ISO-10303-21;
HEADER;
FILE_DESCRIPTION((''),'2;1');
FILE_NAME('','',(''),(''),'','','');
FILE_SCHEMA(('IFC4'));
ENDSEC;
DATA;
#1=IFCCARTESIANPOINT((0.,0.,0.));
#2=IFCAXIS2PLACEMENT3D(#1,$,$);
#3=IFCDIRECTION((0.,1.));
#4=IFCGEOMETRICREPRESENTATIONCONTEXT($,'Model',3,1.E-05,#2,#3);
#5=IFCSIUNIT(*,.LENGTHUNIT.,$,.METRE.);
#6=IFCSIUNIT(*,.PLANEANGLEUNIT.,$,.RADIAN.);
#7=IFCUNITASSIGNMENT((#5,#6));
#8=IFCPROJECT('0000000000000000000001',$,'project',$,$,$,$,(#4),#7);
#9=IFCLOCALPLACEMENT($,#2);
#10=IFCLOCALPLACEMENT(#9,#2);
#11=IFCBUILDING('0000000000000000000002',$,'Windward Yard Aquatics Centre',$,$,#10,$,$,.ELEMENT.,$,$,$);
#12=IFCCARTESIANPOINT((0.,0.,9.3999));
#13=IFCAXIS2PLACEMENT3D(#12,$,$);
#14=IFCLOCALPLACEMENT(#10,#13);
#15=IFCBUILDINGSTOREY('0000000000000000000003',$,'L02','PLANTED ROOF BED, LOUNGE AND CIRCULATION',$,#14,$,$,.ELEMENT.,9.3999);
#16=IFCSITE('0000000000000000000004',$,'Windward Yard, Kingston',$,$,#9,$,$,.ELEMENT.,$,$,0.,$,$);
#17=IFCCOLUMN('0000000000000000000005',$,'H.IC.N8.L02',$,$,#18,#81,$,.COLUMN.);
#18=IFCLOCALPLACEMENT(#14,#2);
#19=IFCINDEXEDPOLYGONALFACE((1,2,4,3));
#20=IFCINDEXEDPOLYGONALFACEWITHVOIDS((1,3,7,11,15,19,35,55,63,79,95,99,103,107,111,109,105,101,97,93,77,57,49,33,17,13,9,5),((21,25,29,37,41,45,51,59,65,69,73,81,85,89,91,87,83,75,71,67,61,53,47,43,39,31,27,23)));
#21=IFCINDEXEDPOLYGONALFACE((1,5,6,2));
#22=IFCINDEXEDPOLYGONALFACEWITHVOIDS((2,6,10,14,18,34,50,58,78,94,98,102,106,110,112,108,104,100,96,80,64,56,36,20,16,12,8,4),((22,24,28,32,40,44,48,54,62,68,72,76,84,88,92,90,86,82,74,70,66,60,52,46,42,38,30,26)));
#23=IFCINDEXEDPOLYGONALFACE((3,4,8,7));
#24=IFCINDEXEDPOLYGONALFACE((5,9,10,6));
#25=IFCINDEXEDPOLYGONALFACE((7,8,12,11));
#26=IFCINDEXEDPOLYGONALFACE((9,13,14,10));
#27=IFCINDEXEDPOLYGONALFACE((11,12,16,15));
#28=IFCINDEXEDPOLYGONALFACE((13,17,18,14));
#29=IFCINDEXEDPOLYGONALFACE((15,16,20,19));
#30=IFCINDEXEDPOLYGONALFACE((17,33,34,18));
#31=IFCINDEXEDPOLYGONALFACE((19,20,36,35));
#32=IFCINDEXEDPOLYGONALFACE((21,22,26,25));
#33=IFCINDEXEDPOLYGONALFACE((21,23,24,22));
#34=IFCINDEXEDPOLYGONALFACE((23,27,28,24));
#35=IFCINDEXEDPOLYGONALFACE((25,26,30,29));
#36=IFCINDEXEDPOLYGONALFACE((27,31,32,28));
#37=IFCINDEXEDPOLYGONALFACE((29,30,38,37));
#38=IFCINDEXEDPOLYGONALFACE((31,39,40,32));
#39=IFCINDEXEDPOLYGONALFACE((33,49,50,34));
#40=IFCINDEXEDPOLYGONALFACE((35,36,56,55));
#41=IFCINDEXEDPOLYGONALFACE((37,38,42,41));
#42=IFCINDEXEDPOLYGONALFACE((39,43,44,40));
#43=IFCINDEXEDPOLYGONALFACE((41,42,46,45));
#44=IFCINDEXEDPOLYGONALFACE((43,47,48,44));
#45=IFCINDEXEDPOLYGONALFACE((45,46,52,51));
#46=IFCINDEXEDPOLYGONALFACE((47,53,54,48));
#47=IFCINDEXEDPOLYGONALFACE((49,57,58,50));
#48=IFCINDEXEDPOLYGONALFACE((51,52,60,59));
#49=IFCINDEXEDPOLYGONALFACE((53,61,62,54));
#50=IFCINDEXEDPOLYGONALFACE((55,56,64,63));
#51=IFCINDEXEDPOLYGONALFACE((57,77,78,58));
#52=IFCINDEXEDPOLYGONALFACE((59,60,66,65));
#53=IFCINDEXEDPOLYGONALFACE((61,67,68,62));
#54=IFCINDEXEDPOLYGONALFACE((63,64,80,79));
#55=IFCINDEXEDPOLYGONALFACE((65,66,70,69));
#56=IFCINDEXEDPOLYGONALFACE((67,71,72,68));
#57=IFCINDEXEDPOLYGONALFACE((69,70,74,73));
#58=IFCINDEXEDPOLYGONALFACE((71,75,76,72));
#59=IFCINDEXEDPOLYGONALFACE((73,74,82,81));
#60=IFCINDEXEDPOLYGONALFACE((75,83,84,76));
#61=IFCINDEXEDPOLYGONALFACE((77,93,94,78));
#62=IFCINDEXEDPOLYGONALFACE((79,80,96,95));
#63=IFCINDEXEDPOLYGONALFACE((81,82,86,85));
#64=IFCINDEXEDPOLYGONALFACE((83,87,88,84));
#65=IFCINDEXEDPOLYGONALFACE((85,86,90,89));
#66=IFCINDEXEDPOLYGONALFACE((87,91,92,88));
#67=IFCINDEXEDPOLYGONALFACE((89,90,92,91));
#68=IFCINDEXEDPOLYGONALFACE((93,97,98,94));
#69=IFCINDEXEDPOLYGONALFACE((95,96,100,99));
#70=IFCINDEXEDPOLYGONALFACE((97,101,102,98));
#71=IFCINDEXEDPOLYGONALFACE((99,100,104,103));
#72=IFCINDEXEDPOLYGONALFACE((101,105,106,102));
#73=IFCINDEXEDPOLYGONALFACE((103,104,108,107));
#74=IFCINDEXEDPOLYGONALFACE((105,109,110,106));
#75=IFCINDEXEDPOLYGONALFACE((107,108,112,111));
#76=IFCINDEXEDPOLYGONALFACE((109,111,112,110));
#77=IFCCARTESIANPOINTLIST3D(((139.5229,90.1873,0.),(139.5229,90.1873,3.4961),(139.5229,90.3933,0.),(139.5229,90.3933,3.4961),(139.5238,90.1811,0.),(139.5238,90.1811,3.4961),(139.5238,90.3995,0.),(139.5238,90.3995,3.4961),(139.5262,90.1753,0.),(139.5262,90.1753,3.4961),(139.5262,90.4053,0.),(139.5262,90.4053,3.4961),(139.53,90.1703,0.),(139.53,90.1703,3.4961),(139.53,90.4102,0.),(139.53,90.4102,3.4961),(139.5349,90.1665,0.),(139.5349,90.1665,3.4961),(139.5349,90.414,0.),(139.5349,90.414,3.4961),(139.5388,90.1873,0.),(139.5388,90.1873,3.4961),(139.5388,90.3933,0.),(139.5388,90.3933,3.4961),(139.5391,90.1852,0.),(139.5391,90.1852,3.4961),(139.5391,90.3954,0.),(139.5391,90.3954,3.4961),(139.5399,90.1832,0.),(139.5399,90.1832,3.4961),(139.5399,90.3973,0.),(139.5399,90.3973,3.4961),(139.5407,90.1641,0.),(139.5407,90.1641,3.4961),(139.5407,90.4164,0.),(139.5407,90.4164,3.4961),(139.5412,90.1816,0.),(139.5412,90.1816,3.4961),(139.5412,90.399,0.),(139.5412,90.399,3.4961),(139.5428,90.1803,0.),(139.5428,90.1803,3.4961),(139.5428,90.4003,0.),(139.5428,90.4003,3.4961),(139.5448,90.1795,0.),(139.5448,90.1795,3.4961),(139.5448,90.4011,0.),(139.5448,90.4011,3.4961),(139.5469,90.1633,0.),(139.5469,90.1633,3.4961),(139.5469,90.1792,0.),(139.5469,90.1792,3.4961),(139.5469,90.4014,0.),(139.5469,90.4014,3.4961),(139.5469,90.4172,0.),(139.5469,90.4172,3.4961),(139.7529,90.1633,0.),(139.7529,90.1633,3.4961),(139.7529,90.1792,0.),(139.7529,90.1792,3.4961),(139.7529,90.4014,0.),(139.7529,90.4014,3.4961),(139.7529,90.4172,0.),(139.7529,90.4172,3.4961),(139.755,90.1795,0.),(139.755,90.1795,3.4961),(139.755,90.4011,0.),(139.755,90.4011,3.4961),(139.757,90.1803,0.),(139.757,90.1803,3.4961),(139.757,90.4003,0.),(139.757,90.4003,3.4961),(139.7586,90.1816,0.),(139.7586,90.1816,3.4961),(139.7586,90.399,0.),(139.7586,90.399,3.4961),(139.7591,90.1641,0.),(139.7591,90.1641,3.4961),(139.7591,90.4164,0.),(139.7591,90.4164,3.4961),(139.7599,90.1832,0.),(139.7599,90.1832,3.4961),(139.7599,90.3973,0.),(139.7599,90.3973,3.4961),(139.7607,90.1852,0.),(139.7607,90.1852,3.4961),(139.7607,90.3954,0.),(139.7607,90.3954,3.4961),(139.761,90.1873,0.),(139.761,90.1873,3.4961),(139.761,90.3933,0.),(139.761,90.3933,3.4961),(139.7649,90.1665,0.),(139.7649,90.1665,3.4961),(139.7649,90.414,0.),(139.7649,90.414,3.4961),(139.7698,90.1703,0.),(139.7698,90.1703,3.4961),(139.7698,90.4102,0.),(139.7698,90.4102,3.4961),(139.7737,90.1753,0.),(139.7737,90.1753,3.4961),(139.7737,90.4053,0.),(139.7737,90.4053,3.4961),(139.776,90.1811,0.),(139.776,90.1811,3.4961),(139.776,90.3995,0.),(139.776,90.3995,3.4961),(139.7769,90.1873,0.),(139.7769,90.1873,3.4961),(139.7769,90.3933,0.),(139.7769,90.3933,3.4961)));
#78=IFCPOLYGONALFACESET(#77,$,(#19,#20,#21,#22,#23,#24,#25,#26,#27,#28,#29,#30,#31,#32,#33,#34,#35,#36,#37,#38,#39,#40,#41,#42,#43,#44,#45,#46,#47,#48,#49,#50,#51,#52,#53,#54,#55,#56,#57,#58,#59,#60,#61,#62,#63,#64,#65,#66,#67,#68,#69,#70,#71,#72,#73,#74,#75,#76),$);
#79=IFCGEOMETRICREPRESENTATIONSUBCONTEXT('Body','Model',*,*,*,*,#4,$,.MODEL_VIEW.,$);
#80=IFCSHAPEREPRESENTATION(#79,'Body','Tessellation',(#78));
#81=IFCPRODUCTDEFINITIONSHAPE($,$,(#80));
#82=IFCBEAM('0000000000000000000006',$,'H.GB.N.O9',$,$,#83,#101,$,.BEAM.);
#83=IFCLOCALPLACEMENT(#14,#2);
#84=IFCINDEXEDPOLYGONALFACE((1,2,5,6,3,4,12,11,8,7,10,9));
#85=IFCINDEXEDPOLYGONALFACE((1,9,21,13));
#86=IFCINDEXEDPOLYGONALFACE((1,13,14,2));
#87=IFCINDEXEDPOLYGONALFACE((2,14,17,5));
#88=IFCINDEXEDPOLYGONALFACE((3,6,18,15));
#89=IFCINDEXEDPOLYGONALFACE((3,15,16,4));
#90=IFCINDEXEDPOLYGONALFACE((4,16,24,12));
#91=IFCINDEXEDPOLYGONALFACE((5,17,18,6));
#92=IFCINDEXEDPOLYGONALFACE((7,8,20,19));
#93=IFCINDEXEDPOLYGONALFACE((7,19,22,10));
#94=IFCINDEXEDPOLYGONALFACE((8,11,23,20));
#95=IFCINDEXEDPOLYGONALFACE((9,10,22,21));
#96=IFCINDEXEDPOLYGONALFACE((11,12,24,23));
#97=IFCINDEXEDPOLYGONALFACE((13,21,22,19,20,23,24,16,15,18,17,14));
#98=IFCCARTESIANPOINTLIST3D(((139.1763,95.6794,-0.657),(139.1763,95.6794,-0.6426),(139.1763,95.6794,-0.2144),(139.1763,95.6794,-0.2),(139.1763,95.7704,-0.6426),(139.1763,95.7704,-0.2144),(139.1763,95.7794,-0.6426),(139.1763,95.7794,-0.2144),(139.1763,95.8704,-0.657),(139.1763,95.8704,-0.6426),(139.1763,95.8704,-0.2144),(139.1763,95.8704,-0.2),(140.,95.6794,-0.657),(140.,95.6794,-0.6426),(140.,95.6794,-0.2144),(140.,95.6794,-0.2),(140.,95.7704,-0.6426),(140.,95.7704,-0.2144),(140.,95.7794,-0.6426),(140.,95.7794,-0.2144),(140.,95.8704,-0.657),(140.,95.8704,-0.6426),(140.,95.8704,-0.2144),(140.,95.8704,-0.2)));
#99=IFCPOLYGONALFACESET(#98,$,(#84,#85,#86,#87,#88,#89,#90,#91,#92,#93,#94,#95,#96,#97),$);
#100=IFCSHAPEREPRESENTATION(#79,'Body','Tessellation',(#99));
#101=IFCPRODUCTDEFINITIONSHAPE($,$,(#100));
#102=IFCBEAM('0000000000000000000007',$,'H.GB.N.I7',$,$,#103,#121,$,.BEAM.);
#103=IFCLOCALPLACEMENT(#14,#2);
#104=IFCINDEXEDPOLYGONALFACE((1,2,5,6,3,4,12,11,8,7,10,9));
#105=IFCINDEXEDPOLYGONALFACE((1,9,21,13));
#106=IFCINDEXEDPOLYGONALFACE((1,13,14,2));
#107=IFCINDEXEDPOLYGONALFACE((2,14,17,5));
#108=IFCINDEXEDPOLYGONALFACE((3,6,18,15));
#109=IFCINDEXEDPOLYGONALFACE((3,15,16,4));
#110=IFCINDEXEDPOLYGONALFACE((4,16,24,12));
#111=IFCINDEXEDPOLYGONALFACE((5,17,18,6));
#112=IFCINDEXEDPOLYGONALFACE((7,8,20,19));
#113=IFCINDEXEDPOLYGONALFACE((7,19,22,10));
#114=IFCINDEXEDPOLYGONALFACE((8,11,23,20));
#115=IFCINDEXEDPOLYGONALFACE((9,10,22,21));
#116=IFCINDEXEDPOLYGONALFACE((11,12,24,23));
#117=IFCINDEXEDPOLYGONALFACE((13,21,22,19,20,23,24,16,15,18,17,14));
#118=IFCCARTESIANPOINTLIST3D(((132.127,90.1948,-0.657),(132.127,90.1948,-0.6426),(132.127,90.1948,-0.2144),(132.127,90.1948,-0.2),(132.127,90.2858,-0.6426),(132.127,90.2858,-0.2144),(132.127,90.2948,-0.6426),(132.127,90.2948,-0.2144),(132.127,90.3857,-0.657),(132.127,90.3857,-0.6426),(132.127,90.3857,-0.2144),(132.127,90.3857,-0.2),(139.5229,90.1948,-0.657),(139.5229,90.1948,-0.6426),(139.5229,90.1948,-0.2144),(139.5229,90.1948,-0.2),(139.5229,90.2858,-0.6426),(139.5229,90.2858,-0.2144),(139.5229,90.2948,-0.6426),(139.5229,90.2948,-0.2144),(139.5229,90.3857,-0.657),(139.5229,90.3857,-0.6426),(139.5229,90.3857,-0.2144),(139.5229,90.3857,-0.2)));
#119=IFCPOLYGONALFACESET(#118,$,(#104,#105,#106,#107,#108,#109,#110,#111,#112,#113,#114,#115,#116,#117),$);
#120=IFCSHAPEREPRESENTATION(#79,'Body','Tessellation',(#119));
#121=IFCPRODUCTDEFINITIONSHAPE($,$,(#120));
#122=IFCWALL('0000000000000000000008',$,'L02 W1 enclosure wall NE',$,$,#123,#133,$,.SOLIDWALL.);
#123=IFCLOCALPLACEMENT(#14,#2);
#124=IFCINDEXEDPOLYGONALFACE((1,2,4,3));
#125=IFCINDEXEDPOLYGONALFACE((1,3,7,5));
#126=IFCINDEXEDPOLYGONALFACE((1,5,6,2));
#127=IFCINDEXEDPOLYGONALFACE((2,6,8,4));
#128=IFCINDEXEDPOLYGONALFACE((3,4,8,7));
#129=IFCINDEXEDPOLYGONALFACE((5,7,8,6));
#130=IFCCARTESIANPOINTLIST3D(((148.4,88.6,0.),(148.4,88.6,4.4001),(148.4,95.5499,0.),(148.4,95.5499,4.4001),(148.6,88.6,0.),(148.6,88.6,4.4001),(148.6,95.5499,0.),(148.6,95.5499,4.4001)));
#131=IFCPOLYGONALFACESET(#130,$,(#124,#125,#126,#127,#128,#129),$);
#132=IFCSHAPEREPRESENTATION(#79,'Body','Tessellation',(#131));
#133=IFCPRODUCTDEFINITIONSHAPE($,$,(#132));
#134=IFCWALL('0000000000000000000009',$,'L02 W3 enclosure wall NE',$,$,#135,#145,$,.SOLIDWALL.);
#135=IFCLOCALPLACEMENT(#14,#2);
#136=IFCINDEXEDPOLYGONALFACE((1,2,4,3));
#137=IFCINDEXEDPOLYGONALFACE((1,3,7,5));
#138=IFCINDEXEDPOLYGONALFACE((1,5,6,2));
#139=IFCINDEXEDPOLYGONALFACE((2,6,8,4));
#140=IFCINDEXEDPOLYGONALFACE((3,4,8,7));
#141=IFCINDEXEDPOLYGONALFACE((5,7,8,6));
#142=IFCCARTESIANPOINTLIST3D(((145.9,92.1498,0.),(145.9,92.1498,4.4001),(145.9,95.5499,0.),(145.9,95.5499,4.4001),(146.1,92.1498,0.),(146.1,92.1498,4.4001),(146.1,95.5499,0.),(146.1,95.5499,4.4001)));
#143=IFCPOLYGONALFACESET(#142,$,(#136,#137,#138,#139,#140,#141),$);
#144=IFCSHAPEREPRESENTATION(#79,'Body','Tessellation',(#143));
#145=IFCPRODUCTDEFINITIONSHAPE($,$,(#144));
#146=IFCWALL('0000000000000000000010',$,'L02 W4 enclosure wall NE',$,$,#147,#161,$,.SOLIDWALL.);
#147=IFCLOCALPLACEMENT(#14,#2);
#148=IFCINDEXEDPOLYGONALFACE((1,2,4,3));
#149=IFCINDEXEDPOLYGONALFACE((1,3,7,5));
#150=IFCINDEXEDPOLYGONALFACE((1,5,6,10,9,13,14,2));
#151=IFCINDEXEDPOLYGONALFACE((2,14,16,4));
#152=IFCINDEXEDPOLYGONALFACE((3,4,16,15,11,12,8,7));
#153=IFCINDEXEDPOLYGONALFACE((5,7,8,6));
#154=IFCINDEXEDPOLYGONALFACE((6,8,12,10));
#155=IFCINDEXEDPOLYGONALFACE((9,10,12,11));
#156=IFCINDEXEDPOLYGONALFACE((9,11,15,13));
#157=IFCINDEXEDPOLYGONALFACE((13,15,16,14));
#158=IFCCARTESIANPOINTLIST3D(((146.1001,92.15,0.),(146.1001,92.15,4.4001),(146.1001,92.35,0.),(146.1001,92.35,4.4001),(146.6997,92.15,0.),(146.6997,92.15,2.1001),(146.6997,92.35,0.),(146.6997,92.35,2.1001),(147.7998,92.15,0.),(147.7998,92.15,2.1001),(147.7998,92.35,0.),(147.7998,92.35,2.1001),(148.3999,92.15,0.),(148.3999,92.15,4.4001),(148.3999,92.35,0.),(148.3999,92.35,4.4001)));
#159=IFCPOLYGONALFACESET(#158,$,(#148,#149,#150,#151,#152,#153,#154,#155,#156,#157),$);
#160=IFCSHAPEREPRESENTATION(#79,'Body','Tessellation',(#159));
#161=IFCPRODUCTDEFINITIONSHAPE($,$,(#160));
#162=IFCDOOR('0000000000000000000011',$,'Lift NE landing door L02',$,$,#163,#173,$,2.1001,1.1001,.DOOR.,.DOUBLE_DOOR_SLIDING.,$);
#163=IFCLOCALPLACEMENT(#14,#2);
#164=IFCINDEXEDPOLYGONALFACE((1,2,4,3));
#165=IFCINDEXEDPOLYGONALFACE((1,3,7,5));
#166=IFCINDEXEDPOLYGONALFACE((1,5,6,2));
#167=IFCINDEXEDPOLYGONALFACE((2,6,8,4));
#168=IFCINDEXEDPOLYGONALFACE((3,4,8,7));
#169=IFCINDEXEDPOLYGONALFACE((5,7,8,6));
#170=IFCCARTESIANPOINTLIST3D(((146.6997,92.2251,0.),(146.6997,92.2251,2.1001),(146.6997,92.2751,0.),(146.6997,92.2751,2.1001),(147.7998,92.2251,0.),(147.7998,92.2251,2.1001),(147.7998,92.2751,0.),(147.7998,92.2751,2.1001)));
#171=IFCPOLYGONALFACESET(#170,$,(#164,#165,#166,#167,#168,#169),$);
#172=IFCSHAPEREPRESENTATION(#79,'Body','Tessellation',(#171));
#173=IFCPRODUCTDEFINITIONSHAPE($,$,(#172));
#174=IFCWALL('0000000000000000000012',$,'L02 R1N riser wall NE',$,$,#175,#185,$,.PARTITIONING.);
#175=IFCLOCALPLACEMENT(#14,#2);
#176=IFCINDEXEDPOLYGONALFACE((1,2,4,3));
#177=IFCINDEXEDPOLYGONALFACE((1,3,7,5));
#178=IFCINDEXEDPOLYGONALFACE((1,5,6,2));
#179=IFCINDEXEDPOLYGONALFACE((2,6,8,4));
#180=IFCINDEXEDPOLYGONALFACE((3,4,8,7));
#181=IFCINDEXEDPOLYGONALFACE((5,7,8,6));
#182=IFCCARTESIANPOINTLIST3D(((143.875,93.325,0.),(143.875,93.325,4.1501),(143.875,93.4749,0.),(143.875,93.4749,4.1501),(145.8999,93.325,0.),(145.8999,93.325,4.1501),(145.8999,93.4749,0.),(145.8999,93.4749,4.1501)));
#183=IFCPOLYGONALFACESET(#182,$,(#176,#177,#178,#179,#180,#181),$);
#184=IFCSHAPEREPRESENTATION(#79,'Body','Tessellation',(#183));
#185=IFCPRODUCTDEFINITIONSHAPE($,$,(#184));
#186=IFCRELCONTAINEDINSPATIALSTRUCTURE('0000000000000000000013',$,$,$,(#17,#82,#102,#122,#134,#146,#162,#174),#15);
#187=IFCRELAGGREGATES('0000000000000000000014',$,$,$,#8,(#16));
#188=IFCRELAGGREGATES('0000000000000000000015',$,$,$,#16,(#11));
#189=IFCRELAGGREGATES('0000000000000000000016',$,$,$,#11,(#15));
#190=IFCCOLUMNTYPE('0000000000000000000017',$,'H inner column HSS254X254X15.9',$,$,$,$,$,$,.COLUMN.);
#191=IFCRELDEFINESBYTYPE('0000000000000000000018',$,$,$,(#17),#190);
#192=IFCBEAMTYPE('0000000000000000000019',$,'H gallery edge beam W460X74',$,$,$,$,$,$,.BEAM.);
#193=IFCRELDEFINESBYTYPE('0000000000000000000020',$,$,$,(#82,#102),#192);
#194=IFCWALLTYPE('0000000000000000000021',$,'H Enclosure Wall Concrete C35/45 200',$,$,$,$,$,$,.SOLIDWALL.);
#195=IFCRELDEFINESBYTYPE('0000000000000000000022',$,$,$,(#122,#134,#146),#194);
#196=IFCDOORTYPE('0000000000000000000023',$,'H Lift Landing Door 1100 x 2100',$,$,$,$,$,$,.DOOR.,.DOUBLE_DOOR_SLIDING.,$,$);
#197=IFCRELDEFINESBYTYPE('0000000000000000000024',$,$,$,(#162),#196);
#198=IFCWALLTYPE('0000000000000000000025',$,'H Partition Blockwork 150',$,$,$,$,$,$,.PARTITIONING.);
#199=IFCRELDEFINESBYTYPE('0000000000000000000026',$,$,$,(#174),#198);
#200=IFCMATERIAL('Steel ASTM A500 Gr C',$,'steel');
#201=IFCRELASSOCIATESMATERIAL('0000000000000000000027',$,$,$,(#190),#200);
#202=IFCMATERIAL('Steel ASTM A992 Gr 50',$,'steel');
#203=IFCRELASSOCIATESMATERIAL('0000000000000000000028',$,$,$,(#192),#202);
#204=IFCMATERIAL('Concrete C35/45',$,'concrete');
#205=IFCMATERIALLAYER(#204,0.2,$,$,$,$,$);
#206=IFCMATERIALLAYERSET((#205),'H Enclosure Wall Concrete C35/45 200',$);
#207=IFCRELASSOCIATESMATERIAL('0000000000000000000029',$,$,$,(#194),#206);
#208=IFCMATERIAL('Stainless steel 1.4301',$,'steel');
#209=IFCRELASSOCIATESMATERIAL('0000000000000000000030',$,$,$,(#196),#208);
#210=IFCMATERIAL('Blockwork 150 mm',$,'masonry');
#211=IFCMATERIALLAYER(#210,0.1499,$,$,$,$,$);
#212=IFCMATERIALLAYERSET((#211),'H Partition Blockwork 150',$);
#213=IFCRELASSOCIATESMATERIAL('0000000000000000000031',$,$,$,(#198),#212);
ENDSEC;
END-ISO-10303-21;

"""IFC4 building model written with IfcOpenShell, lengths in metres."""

from ifc_helpers import new_model, si_unit, direction, frame, frame_2d, origin, origin_2d, place, context, subcontext, project, spatial, rectangle, hollow_rectangle, i_section, extrude, material, layer, layer_set, material_profile, profile_set, type_object, element, fill, save


model = new_model("IFC4")

# Units and contexts
model_context = context("Model", 3, precision=1e-05, world=origin(), true_north=direction((0.0, 1.0)))
body_context = subcontext(model_context, "Body", "Model", "MODEL_VIEW")
ifc_project = project(units=[si_unit("LENGTHUNIT", "METRE"), si_unit("PLANEANGLEUNIT", "RADIAN")], contexts=[model_context])

# Site, building, storey
site_placement = place(None, origin())
site = spatial("IfcSite", under=ifc_project, at=site_placement, Name="Windward Yard, Kingston", CompositionType="ELEMENT", RefElevation=0.0)
building_placement = place(site_placement, origin())
building = spatial("IfcBuilding", under=site, at=building_placement, Name="Windward Yard Aquatics Centre", CompositionType="ELEMENT")
storey_placement = place(building_placement, frame((0.0, 0.0, 9.3999)))
storey = spatial("IfcBuildingStorey", under=building, at=storey_placement, Name="L02", Description="PLANTED ROOF BED, LOUNGE AND CIRCULATION", CompositionType="ELEMENT", Elevation=9.3999)

# Column
ifc_material_1 = material(Name="Steel ASTM A500 Gr C", Category="steel")
ifc_material_profile_1 = material_profile(ifc_material_1, hollow_rectangle(XDim=0.2539, YDim=0.2539, WallThickness=0.0159, InnerFilletRadius=0.0081, OuterFilletRadius=0.0239, at=origin_2d()), Name="HSS254X254X15.9")
ifc_profile_set_1 = profile_set([ifc_material_profile_1], Name="Steel ASTM A500 Gr C")
column_type = type_object("IfcColumnType", Name="H inner column HSS254X254X15.9", PredefinedType="COLUMN", material=ifc_profile_set_1)
column_placement = place(storey_placement, frame((139.6499, 90.2903, 0.0), z_axis=(0.0, 0.0, 1.0), x_axis=(1.0, 0.0, 0.0)))
element("IfcColumn", 1, at=column_placement, inside=storey, type_object=column_type, Name="H.IC.N8.L02", PredefinedType="COLUMN", context=body_context, shape_type="SweptSolid", body=[
    extrude(hollow_rectangle(XDim=0.2539, YDim=0.2539, WallThickness=0.0159, InnerFilletRadius=0.0081, OuterFilletRadius=0.0239, at=origin_2d()), origin(), (0.0, 0.0, 1.0), 3.4961),
])

# Beams
ifc_material_2 = material(Name="Steel ASTM A992 Gr 50", Category="steel")
ifc_material_profile_2 = material_profile(ifc_material_2, i_section(OverallWidth=0.1909, OverallDepth=0.457, WebThickness=0.009, FlangeThickness=0.0144, at=origin_2d()), Name="W460X74")
ifc_profile_set_2 = profile_set([ifc_material_profile_2], Name="Steel ASTM A992 Gr 50")
beam_type = type_object("IfcBeamType", Name="H gallery edge beam W460X74", PredefinedType="BEAM", material=ifc_profile_set_2)
beam_1_placement = place(storey_placement, frame((139.1763, 95.7749, -0.4285), z_axis=(1.0, 0.0, 0.0), x_axis=(0.0, 1.0, 0.0)))
element("IfcBeam", 2, at=beam_1_placement, inside=storey, type_object=beam_type, Name="H.GB.N.O9", PredefinedType="BEAM", context=body_context, shape_type="SweptSolid", body=[
    extrude(i_section(OverallWidth=0.1909, OverallDepth=0.457, WebThickness=0.009, FlangeThickness=0.0144, at=origin_2d()), origin(), (0.0, 0.0, 1.0), 0.8237),
])
beam_2_placement = place(storey_placement, frame((132.127, 90.2903, -0.4285), z_axis=(1.0, 0.0, 0.0), x_axis=(0.0, 1.0, 0.0)))
element("IfcBeam", 3, at=beam_2_placement, inside=storey, type_object=beam_type, Name="H.GB.N.I7", PredefinedType="BEAM", context=body_context, shape_type="SweptSolid", body=[
    extrude(i_section(OverallWidth=0.1909, OverallDepth=0.457, WebThickness=0.009, FlangeThickness=0.0144, at=origin_2d()), origin(), (0.0, 0.0, 1.0), 7.396),
])

# Walls
ifc_material_3 = material(Name="Concrete C35/45", Category="concrete")
ifc_layer_1 = layer(ifc_material_3, 0.2)
ifc_layer_set_1 = layer_set([ifc_layer_1], Name="H Enclosure Wall Concrete C35/45 200")
wall_type_1 = type_object("IfcWallType", Name="H Enclosure Wall Concrete C35/45 200", PredefinedType="SOLIDWALL", material=ifc_layer_set_1)
wall_1_placement = place(storey_placement, frame((148.5, 95.55, 0.0), z_axis=(0.0, 0.0, 1.0), x_axis=(0.0, -1.0, 0.0)))
element("IfcWall", 4, at=wall_1_placement, inside=storey, type_object=wall_type_1, Name="L02 W1 enclosure wall NE", PredefinedType="SOLIDWALL", context=body_context, shape_type="SweptSolid", body=[
    extrude(rectangle(XDim=6.95, YDim=0.2, at=frame_2d((3.4751, 0.0))), origin(), (0.0, 0.0, 1.0), 4.4001),
])
wall_2_placement = place(storey_placement, frame((146.0, 95.55, 0.0), z_axis=(0.0, 0.0, 1.0), x_axis=(0.0, -1.0, 0.0)))
element("IfcWall", 5, at=wall_2_placement, inside=storey, type_object=wall_type_1, Name="L02 W3 enclosure wall NE", PredefinedType="SOLIDWALL", context=body_context, shape_type="SweptSolid", body=[
    extrude(rectangle(XDim=3.4001, YDim=0.2, at=frame_2d((1.7002, 0.0))), origin(), (0.0, 0.0, 1.0), 4.4001),
])

# Wall, opening, door
wall_3_placement = place(storey_placement, frame((148.3999, 92.25, 0.0), z_axis=(0.0, 0.0, 1.0), x_axis=(-1.0, 0.0, 0.0)))
wall_3 = element("IfcWall", 6, at=wall_3_placement, inside=storey, type_object=wall_type_1, Name="L02 W4 enclosure wall NE", PredefinedType="SOLIDWALL", context=body_context, shape_type="SweptSolid", body=[
    extrude(rectangle(XDim=2.2998, YDim=0.2, at=frame_2d((1.1499, 0.0))), origin(), (0.0, 0.0, 1.0), 4.4001),
])
opening_1_placement = place(wall_3_placement, frame((0.6001, 0.0, 0.0)))
opening_1 = element("IfcOpeningElement", 7, at=opening_1_placement, cuts=wall_3, PredefinedType="OPENING", context=body_context, shape_type="SweptSolid", body=[
    extrude(rectangle(XDim=1.1001, YDim=2.1001, at=frame_2d((0.55, 1.05))), frame((0.0, 0.1099, 0.0), z_axis=(0.0, -1.0, 0.0), x_axis=(1.0, 0.0, 0.0)), (0.0, 0.0, 1.0), 0.22),
])
ifc_material_4 = material(Name="Stainless steel 1.4301", Category="steel")
door_type_1 = type_object("IfcDoorType", Name="H Lift Landing Door 1100 x 2100", OperationType="DOUBLE_DOOR_SLIDING", PredefinedType="DOOR", material=ifc_material_4)
door_1_placement = place(opening_1_placement, origin())
door_1 = element("IfcDoor", 8, at=door_1_placement, inside=storey, type_object=door_type_1, Name="Lift NE landing door L02", OperationType="DOUBLE_DOOR_SLIDING", OverallHeight=2.1001, OverallWidth=1.1001, PredefinedType="DOOR", context=body_context, shape_type="SweptSolid", body=[
    extrude(rectangle(XDim=1.1001, YDim=2.1001, at=frame_2d((0.55, 1.05))), frame((0.0, 0.0249, 0.0), z_axis=(0.0, -1.0, 0.0), x_axis=(1.0, 0.0, 0.0)), (0.0, 0.0, 1.0), 0.05),
])
fill(opening_1, door_1)

# Wall
ifc_material_5 = material(Name="Blockwork 150 mm", Category="masonry")
ifc_layer_2 = layer(ifc_material_5, 0.1499)
ifc_layer_set_2 = layer_set([ifc_layer_2], Name="H Partition Blockwork 150")
wall_type_2 = type_object("IfcWallType", Name="H Partition Blockwork 150", PredefinedType="PARTITIONING", material=ifc_layer_set_2)
wall_4_placement = place(storey_placement, frame((145.8999, 93.3999, 0.0), z_axis=(0.0, 0.0, 1.0), x_axis=(-1.0, 0.0, 0.0)))
element("IfcWall", 9, at=wall_4_placement, inside=storey, type_object=wall_type_2, Name="L02 R1N riser wall NE", PredefinedType="PARTITIONING", context=body_context, shape_type="SweptSolid", body=[
    extrude(rectangle(XDim=2.0249, YDim=0.1499, at=frame_2d((1.0125, 0.0))), origin(), (0.0, 0.0, 1.0), 4.1501),
])

save(model, "model.ifc")
